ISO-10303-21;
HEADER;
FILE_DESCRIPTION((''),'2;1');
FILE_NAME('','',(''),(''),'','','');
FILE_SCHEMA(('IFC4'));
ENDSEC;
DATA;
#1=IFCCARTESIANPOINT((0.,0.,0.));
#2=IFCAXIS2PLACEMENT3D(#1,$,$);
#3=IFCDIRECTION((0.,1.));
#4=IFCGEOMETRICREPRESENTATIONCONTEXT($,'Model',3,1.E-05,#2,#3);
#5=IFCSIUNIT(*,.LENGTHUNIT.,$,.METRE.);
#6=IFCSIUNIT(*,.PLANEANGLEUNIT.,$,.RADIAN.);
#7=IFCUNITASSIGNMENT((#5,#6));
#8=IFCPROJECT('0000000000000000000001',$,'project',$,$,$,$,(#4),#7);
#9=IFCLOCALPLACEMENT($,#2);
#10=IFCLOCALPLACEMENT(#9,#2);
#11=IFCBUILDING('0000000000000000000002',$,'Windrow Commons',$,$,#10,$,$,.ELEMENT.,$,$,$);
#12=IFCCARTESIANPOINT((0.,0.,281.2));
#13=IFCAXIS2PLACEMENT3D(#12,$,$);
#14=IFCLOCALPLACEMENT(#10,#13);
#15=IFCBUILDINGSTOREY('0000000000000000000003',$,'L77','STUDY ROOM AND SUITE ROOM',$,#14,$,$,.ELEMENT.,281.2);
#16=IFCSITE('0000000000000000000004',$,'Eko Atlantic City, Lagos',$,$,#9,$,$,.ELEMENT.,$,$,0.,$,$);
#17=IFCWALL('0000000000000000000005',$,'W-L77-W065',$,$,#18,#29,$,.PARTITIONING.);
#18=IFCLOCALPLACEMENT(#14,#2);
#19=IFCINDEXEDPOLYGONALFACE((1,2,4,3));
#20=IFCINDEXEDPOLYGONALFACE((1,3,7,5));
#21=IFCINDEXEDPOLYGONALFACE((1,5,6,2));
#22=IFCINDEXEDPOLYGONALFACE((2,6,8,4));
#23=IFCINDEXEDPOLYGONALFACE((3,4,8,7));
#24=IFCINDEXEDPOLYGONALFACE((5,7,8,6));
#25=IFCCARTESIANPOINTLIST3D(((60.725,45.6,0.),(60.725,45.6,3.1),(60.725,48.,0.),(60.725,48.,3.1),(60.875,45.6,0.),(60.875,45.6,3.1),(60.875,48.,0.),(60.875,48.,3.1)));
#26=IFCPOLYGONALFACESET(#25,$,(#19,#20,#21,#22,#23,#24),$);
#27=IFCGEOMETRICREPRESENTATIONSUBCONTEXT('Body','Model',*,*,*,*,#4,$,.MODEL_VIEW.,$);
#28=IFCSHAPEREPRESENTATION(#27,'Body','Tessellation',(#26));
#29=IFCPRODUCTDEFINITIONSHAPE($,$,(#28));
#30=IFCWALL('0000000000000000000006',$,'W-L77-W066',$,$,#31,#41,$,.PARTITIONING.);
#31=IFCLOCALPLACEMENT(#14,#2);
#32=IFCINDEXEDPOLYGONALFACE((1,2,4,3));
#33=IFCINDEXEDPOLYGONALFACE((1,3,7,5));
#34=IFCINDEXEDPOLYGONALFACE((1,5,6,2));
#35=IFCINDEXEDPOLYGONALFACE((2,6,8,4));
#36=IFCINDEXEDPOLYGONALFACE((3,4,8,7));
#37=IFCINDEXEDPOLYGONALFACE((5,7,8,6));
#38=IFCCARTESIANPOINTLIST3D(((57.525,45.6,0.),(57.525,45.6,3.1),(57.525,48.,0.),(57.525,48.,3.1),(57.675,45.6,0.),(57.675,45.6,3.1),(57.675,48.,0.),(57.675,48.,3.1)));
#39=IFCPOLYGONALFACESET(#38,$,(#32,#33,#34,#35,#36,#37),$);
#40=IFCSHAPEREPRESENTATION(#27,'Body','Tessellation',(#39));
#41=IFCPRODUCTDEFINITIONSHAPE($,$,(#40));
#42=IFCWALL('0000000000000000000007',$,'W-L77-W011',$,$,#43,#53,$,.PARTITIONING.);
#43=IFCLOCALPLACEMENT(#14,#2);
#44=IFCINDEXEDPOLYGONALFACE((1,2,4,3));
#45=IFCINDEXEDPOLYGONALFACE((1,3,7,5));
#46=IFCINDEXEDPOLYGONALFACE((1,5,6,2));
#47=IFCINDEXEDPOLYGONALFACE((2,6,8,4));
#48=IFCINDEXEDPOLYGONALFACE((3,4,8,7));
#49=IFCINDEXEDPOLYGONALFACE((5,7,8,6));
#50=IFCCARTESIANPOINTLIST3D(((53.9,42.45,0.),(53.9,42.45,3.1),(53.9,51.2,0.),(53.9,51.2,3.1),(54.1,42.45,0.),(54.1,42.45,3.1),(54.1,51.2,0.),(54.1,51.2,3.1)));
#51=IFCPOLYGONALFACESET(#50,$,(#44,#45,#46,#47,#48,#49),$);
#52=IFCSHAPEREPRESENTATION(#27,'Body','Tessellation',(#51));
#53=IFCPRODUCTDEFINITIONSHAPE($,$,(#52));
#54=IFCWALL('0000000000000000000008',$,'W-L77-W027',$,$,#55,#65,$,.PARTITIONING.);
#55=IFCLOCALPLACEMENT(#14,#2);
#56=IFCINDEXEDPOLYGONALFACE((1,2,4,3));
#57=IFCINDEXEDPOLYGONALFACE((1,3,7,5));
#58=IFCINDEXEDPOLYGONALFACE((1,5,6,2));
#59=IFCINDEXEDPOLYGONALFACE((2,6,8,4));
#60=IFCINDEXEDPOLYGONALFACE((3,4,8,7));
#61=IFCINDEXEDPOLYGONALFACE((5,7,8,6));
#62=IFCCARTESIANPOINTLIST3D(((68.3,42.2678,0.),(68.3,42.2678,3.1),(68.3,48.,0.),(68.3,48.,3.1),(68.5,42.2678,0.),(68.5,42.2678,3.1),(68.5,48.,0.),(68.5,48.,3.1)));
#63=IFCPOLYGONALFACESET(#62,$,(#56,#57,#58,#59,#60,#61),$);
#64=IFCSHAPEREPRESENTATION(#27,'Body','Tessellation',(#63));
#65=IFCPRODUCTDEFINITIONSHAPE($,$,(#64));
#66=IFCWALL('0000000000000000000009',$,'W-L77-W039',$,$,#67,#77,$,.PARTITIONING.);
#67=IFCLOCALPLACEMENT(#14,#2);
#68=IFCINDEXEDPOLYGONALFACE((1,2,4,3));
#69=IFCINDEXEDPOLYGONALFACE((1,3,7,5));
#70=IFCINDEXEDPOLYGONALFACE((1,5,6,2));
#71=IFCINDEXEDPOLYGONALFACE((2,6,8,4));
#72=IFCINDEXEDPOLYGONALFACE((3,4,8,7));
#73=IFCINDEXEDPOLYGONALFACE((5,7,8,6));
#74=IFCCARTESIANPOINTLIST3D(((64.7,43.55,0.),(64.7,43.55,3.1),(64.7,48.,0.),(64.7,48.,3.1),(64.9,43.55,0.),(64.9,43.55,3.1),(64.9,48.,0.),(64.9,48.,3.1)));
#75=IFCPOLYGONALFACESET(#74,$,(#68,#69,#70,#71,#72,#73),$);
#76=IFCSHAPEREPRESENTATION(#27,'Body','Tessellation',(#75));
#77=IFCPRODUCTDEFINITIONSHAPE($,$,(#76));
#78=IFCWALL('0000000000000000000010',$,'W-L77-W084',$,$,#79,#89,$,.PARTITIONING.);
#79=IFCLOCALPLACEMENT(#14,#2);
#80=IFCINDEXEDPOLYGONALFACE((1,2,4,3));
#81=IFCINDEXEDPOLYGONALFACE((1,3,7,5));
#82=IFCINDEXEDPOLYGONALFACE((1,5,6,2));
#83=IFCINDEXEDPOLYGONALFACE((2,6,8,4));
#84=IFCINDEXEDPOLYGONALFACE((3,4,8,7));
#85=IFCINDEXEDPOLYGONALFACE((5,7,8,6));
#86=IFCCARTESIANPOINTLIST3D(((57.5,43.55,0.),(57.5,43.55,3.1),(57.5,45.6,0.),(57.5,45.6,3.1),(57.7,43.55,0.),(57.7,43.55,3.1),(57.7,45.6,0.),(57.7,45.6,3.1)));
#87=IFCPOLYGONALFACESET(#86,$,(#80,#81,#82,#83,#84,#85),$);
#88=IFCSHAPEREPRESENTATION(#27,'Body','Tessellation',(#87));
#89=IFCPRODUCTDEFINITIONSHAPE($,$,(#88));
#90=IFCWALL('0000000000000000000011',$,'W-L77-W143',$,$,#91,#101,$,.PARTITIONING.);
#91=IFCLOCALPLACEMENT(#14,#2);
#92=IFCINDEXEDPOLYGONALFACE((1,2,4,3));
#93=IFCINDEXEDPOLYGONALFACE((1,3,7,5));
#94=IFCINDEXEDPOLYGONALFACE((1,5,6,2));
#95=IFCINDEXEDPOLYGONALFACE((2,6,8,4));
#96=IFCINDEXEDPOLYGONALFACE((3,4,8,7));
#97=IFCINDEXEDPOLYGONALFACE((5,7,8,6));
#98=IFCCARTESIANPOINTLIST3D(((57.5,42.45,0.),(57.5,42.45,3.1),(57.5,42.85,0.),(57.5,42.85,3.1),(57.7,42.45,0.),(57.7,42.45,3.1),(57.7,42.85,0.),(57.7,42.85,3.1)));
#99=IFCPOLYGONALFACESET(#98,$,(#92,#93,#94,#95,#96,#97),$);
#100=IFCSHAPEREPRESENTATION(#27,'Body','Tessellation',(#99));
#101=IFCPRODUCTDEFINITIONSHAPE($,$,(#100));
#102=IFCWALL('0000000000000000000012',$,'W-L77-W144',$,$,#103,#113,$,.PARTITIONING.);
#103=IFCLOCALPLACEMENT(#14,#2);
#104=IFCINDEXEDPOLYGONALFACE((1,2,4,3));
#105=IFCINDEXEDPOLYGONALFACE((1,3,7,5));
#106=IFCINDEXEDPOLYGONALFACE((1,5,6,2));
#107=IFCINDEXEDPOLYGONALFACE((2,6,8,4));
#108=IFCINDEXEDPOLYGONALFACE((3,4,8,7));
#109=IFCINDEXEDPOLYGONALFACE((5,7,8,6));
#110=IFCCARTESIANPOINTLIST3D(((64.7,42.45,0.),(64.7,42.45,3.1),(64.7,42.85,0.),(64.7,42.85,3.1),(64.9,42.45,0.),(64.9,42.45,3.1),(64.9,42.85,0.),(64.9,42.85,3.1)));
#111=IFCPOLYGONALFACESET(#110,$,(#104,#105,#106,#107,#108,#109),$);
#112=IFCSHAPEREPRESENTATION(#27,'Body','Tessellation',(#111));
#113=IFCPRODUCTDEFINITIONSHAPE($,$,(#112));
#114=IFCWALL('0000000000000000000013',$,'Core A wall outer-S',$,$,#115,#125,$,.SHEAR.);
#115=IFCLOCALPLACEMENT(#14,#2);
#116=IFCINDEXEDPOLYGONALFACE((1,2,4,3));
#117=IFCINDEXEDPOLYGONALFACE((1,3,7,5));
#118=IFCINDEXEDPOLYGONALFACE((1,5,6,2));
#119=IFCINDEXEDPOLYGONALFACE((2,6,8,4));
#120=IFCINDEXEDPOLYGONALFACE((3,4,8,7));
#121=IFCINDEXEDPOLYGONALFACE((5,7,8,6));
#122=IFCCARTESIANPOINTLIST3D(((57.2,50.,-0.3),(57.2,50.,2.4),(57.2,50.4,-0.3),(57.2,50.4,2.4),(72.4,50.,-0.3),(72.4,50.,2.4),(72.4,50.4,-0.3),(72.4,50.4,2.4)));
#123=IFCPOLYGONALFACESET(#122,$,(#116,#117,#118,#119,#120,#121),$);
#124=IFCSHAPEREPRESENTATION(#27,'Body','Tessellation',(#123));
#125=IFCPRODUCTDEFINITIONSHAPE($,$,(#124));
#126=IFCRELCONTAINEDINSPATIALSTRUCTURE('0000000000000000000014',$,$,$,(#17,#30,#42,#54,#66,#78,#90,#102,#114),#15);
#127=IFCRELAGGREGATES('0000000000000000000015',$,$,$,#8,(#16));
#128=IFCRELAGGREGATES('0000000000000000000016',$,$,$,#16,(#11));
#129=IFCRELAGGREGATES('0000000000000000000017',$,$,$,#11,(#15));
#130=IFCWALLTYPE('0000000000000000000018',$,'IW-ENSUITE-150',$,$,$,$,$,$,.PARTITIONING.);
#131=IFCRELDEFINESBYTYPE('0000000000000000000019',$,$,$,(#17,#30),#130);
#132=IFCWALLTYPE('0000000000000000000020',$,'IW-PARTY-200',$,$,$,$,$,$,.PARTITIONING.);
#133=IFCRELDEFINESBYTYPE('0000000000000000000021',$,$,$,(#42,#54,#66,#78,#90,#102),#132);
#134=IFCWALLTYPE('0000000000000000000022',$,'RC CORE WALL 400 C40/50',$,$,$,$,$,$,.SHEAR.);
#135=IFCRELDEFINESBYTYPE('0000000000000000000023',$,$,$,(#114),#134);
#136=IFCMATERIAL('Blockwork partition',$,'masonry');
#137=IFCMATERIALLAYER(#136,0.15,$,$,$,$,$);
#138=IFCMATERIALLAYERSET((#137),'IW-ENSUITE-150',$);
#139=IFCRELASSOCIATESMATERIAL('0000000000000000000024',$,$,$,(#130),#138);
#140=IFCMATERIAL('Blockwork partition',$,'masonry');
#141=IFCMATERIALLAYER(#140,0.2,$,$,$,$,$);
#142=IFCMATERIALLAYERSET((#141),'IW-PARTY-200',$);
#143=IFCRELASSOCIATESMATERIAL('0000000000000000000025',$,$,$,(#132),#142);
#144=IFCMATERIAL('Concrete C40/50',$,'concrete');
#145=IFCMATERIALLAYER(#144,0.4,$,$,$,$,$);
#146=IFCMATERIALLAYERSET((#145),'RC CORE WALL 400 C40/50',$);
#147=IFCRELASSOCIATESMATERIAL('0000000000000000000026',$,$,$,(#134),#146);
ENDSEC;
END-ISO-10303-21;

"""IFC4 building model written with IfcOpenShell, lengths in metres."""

from ifc_helpers import new_model, si_unit, direction, frame, frame_2d, origin, place, context, subcontext, project, spatial, rectangle, extrude, material, layer, layer_set, type_object, element, save


model = new_model("IFC4")

# Units and contexts
model_context = context("Model", 3, precision=1e-05, world=origin(), true_north=direction((0.0, 1.0)))
body_context = subcontext(model_context, "Body", "Model", "MODEL_VIEW")
ifc_project = project(units=[si_unit("LENGTHUNIT", "METRE"), si_unit("PLANEANGLEUNIT", "RADIAN")], contexts=[model_context])

# Site, building, storey
site_placement = place(None, origin())
site = spatial("IfcSite", under=ifc_project, at=site_placement, Name="Eko Atlantic City, Lagos", CompositionType="ELEMENT", RefElevation=0.0)
building_placement = place(site_placement, origin())
building = spatial("IfcBuilding", under=site, at=building_placement, Name="Windrow Commons", CompositionType="ELEMENT")
storey_placement = place(building_placement, frame((0.0, 0.0, 281.2)))
storey = spatial("IfcBuildingStorey", under=building, at=storey_placement, Name="L77", Description="STUDY ROOM AND SUITE ROOM", CompositionType="ELEMENT", Elevation=281.2)

# Shared definitions
ifc_material_1 = material(Name="Blockwork partition", Category="masonry")
ifc_layer_1 = layer(ifc_material_1, 0.15)
ifc_layer_set_1 = layer_set([ifc_layer_1], Name="IW-ENSUITE-150")
wall_type_1 = type_object("IfcWallType", Name="IW-ENSUITE-150", PredefinedType="PARTITIONING", material=ifc_layer_set_1)

# Walls
for number, where, z_axis, x_axis, name in (
    (1, (60.8, 45.6, 0.0), (0.0, 0.0, 1.0), (0.0, 1.0, 0.0), "W-L77-W065"),
    (2, (57.6, 45.6, 0.0), (0.0, 0.0, 1.0), (0.0, 1.0, 0.0), "W-L77-W066"),
):
    element("IfcWall", number, at=place(storey_placement, frame(where, z_axis=z_axis, x_axis=x_axis)), inside=storey, type_object=wall_type_1, Name=name, PredefinedType="PARTITIONING", context=body_context, shape_type="SweptSolid", body=[
        extrude(rectangle(XDim=2.4, YDim=0.15, at=frame_2d((1.2, 0.0))), origin(), (0.0, 0.0, 1.0), 3.1),
    ])
ifc_material_2 = material(Name="Blockwork partition", Category="masonry")
ifc_layer_2 = layer(ifc_material_2, 0.2)
ifc_layer_set_2 = layer_set([ifc_layer_2], Name="IW-PARTY-200")
wall_type_2 = type_object("IfcWallType", Name="IW-PARTY-200", PredefinedType="PARTITIONING", material=ifc_layer_set_2)
wall_1_placement = place(storey_placement, frame((54.0, 42.45, 0.0), z_axis=(0.0, 0.0, 1.0), x_axis=(0.0, 1.0, 0.0)))
element("IfcWall", 3, at=wall_1_placement, inside=storey, type_object=wall_type_2, Name="W-L77-W011", PredefinedType="PARTITIONING", context=body_context, shape_type="SweptSolid", body=[
    extrude(rectangle(XDim=8.75, YDim=0.2, at=frame_2d((4.375, 0.0))), origin(), (0.0, 0.0, 1.0), 3.1),
])
wall_2_placement = place(storey_placement, frame((68.4, 42.2678, 0.0), z_axis=(0.0, 0.0, 1.0), x_axis=(0.0, 1.0, 0.0)))
element("IfcWall", 4, at=wall_2_placement, inside=storey, type_object=wall_type_2, Name="W-L77-W027", PredefinedType="PARTITIONING", context=body_context, shape_type="SweptSolid", body=[
    extrude(rectangle(XDim=5.7322, YDim=0.2, at=frame_2d((2.8661, 0.0))), origin(), (0.0, 0.0, 1.0), 3.1),
])
wall_3_placement = place(storey_placement, frame((64.8, 43.55, 0.0), z_axis=(0.0, 0.0, 1.0), x_axis=(0.0, 1.0, 0.0)))
element("IfcWall", 5, at=wall_3_placement, inside=storey, type_object=wall_type_2, Name="W-L77-W039", PredefinedType="PARTITIONING", context=body_context, shape_type="SweptSolid", body=[
    extrude(rectangle(XDim=4.45, YDim=0.2, at=frame_2d((2.225, 0.0))), origin(), (0.0, 0.0, 1.0), 3.1),
])
wall_4_placement = place(storey_placement, frame((57.6, 43.55, 0.0), z_axis=(0.0, 0.0, 1.0), x_axis=(0.0, 1.0, 0.0)))
element("IfcWall", 6, at=wall_4_placement, inside=storey, type_object=wall_type_2, Name="W-L77-W084", PredefinedType="PARTITIONING", context=body_context, shape_type="SweptSolid", body=[
    extrude(rectangle(XDim=2.05, YDim=0.2, at=frame_2d((1.025, 0.0))), origin(), (0.0, 0.0, 1.0), 3.1),
])
for number, where, z_axis, x_axis, name in (
    (7, (57.6, 42.45, 0.0), (0.0, 0.0, 1.0), (0.0, 1.0, 0.0), "W-L77-W143"),
    (8, (64.8, 42.45, 0.0), (0.0, 0.0, 1.0), (0.0, 1.0, 0.0), "W-L77-W144"),
):
    element("IfcWall", number, at=place(storey_placement, frame(where, z_axis=z_axis, x_axis=x_axis)), inside=storey, type_object=wall_type_2, Name=name, PredefinedType="PARTITIONING", context=body_context, shape_type="SweptSolid", body=[
        extrude(rectangle(XDim=0.4, YDim=0.2, at=frame_2d((0.2, 0.0))), origin(), (0.0, 0.0, 1.0), 3.1),
    ])
ifc_material_3 = material(Name="Concrete C40/50", Category="concrete")
ifc_layer_3 = layer(ifc_material_3, 0.4)
ifc_layer_set_3 = layer_set([ifc_layer_3], Name="RC CORE WALL 400 C40/50")
wall_type_3 = type_object("IfcWallType", Name="RC CORE WALL 400 C40/50", PredefinedType="SHEAR", material=ifc_layer_set_3)
wall_5_placement = place(storey_placement, frame((57.2, 50.2, -0.3), z_axis=(0.0, 0.0, 1.0), x_axis=(1.0, 0.0, 0.0)))
element("IfcWall", 9, at=wall_5_placement, inside=storey, type_object=wall_type_3, Name="Core A wall outer-S", PredefinedType="SHEAR", context=body_context, shape_type="SweptSolid", body=[
    extrude(rectangle(XDim=15.2, YDim=0.4, at=frame_2d((7.6, 0.0))), origin(), (0.0, 0.0, 1.0), 2.7),
])

save(model, "model.ifc")
